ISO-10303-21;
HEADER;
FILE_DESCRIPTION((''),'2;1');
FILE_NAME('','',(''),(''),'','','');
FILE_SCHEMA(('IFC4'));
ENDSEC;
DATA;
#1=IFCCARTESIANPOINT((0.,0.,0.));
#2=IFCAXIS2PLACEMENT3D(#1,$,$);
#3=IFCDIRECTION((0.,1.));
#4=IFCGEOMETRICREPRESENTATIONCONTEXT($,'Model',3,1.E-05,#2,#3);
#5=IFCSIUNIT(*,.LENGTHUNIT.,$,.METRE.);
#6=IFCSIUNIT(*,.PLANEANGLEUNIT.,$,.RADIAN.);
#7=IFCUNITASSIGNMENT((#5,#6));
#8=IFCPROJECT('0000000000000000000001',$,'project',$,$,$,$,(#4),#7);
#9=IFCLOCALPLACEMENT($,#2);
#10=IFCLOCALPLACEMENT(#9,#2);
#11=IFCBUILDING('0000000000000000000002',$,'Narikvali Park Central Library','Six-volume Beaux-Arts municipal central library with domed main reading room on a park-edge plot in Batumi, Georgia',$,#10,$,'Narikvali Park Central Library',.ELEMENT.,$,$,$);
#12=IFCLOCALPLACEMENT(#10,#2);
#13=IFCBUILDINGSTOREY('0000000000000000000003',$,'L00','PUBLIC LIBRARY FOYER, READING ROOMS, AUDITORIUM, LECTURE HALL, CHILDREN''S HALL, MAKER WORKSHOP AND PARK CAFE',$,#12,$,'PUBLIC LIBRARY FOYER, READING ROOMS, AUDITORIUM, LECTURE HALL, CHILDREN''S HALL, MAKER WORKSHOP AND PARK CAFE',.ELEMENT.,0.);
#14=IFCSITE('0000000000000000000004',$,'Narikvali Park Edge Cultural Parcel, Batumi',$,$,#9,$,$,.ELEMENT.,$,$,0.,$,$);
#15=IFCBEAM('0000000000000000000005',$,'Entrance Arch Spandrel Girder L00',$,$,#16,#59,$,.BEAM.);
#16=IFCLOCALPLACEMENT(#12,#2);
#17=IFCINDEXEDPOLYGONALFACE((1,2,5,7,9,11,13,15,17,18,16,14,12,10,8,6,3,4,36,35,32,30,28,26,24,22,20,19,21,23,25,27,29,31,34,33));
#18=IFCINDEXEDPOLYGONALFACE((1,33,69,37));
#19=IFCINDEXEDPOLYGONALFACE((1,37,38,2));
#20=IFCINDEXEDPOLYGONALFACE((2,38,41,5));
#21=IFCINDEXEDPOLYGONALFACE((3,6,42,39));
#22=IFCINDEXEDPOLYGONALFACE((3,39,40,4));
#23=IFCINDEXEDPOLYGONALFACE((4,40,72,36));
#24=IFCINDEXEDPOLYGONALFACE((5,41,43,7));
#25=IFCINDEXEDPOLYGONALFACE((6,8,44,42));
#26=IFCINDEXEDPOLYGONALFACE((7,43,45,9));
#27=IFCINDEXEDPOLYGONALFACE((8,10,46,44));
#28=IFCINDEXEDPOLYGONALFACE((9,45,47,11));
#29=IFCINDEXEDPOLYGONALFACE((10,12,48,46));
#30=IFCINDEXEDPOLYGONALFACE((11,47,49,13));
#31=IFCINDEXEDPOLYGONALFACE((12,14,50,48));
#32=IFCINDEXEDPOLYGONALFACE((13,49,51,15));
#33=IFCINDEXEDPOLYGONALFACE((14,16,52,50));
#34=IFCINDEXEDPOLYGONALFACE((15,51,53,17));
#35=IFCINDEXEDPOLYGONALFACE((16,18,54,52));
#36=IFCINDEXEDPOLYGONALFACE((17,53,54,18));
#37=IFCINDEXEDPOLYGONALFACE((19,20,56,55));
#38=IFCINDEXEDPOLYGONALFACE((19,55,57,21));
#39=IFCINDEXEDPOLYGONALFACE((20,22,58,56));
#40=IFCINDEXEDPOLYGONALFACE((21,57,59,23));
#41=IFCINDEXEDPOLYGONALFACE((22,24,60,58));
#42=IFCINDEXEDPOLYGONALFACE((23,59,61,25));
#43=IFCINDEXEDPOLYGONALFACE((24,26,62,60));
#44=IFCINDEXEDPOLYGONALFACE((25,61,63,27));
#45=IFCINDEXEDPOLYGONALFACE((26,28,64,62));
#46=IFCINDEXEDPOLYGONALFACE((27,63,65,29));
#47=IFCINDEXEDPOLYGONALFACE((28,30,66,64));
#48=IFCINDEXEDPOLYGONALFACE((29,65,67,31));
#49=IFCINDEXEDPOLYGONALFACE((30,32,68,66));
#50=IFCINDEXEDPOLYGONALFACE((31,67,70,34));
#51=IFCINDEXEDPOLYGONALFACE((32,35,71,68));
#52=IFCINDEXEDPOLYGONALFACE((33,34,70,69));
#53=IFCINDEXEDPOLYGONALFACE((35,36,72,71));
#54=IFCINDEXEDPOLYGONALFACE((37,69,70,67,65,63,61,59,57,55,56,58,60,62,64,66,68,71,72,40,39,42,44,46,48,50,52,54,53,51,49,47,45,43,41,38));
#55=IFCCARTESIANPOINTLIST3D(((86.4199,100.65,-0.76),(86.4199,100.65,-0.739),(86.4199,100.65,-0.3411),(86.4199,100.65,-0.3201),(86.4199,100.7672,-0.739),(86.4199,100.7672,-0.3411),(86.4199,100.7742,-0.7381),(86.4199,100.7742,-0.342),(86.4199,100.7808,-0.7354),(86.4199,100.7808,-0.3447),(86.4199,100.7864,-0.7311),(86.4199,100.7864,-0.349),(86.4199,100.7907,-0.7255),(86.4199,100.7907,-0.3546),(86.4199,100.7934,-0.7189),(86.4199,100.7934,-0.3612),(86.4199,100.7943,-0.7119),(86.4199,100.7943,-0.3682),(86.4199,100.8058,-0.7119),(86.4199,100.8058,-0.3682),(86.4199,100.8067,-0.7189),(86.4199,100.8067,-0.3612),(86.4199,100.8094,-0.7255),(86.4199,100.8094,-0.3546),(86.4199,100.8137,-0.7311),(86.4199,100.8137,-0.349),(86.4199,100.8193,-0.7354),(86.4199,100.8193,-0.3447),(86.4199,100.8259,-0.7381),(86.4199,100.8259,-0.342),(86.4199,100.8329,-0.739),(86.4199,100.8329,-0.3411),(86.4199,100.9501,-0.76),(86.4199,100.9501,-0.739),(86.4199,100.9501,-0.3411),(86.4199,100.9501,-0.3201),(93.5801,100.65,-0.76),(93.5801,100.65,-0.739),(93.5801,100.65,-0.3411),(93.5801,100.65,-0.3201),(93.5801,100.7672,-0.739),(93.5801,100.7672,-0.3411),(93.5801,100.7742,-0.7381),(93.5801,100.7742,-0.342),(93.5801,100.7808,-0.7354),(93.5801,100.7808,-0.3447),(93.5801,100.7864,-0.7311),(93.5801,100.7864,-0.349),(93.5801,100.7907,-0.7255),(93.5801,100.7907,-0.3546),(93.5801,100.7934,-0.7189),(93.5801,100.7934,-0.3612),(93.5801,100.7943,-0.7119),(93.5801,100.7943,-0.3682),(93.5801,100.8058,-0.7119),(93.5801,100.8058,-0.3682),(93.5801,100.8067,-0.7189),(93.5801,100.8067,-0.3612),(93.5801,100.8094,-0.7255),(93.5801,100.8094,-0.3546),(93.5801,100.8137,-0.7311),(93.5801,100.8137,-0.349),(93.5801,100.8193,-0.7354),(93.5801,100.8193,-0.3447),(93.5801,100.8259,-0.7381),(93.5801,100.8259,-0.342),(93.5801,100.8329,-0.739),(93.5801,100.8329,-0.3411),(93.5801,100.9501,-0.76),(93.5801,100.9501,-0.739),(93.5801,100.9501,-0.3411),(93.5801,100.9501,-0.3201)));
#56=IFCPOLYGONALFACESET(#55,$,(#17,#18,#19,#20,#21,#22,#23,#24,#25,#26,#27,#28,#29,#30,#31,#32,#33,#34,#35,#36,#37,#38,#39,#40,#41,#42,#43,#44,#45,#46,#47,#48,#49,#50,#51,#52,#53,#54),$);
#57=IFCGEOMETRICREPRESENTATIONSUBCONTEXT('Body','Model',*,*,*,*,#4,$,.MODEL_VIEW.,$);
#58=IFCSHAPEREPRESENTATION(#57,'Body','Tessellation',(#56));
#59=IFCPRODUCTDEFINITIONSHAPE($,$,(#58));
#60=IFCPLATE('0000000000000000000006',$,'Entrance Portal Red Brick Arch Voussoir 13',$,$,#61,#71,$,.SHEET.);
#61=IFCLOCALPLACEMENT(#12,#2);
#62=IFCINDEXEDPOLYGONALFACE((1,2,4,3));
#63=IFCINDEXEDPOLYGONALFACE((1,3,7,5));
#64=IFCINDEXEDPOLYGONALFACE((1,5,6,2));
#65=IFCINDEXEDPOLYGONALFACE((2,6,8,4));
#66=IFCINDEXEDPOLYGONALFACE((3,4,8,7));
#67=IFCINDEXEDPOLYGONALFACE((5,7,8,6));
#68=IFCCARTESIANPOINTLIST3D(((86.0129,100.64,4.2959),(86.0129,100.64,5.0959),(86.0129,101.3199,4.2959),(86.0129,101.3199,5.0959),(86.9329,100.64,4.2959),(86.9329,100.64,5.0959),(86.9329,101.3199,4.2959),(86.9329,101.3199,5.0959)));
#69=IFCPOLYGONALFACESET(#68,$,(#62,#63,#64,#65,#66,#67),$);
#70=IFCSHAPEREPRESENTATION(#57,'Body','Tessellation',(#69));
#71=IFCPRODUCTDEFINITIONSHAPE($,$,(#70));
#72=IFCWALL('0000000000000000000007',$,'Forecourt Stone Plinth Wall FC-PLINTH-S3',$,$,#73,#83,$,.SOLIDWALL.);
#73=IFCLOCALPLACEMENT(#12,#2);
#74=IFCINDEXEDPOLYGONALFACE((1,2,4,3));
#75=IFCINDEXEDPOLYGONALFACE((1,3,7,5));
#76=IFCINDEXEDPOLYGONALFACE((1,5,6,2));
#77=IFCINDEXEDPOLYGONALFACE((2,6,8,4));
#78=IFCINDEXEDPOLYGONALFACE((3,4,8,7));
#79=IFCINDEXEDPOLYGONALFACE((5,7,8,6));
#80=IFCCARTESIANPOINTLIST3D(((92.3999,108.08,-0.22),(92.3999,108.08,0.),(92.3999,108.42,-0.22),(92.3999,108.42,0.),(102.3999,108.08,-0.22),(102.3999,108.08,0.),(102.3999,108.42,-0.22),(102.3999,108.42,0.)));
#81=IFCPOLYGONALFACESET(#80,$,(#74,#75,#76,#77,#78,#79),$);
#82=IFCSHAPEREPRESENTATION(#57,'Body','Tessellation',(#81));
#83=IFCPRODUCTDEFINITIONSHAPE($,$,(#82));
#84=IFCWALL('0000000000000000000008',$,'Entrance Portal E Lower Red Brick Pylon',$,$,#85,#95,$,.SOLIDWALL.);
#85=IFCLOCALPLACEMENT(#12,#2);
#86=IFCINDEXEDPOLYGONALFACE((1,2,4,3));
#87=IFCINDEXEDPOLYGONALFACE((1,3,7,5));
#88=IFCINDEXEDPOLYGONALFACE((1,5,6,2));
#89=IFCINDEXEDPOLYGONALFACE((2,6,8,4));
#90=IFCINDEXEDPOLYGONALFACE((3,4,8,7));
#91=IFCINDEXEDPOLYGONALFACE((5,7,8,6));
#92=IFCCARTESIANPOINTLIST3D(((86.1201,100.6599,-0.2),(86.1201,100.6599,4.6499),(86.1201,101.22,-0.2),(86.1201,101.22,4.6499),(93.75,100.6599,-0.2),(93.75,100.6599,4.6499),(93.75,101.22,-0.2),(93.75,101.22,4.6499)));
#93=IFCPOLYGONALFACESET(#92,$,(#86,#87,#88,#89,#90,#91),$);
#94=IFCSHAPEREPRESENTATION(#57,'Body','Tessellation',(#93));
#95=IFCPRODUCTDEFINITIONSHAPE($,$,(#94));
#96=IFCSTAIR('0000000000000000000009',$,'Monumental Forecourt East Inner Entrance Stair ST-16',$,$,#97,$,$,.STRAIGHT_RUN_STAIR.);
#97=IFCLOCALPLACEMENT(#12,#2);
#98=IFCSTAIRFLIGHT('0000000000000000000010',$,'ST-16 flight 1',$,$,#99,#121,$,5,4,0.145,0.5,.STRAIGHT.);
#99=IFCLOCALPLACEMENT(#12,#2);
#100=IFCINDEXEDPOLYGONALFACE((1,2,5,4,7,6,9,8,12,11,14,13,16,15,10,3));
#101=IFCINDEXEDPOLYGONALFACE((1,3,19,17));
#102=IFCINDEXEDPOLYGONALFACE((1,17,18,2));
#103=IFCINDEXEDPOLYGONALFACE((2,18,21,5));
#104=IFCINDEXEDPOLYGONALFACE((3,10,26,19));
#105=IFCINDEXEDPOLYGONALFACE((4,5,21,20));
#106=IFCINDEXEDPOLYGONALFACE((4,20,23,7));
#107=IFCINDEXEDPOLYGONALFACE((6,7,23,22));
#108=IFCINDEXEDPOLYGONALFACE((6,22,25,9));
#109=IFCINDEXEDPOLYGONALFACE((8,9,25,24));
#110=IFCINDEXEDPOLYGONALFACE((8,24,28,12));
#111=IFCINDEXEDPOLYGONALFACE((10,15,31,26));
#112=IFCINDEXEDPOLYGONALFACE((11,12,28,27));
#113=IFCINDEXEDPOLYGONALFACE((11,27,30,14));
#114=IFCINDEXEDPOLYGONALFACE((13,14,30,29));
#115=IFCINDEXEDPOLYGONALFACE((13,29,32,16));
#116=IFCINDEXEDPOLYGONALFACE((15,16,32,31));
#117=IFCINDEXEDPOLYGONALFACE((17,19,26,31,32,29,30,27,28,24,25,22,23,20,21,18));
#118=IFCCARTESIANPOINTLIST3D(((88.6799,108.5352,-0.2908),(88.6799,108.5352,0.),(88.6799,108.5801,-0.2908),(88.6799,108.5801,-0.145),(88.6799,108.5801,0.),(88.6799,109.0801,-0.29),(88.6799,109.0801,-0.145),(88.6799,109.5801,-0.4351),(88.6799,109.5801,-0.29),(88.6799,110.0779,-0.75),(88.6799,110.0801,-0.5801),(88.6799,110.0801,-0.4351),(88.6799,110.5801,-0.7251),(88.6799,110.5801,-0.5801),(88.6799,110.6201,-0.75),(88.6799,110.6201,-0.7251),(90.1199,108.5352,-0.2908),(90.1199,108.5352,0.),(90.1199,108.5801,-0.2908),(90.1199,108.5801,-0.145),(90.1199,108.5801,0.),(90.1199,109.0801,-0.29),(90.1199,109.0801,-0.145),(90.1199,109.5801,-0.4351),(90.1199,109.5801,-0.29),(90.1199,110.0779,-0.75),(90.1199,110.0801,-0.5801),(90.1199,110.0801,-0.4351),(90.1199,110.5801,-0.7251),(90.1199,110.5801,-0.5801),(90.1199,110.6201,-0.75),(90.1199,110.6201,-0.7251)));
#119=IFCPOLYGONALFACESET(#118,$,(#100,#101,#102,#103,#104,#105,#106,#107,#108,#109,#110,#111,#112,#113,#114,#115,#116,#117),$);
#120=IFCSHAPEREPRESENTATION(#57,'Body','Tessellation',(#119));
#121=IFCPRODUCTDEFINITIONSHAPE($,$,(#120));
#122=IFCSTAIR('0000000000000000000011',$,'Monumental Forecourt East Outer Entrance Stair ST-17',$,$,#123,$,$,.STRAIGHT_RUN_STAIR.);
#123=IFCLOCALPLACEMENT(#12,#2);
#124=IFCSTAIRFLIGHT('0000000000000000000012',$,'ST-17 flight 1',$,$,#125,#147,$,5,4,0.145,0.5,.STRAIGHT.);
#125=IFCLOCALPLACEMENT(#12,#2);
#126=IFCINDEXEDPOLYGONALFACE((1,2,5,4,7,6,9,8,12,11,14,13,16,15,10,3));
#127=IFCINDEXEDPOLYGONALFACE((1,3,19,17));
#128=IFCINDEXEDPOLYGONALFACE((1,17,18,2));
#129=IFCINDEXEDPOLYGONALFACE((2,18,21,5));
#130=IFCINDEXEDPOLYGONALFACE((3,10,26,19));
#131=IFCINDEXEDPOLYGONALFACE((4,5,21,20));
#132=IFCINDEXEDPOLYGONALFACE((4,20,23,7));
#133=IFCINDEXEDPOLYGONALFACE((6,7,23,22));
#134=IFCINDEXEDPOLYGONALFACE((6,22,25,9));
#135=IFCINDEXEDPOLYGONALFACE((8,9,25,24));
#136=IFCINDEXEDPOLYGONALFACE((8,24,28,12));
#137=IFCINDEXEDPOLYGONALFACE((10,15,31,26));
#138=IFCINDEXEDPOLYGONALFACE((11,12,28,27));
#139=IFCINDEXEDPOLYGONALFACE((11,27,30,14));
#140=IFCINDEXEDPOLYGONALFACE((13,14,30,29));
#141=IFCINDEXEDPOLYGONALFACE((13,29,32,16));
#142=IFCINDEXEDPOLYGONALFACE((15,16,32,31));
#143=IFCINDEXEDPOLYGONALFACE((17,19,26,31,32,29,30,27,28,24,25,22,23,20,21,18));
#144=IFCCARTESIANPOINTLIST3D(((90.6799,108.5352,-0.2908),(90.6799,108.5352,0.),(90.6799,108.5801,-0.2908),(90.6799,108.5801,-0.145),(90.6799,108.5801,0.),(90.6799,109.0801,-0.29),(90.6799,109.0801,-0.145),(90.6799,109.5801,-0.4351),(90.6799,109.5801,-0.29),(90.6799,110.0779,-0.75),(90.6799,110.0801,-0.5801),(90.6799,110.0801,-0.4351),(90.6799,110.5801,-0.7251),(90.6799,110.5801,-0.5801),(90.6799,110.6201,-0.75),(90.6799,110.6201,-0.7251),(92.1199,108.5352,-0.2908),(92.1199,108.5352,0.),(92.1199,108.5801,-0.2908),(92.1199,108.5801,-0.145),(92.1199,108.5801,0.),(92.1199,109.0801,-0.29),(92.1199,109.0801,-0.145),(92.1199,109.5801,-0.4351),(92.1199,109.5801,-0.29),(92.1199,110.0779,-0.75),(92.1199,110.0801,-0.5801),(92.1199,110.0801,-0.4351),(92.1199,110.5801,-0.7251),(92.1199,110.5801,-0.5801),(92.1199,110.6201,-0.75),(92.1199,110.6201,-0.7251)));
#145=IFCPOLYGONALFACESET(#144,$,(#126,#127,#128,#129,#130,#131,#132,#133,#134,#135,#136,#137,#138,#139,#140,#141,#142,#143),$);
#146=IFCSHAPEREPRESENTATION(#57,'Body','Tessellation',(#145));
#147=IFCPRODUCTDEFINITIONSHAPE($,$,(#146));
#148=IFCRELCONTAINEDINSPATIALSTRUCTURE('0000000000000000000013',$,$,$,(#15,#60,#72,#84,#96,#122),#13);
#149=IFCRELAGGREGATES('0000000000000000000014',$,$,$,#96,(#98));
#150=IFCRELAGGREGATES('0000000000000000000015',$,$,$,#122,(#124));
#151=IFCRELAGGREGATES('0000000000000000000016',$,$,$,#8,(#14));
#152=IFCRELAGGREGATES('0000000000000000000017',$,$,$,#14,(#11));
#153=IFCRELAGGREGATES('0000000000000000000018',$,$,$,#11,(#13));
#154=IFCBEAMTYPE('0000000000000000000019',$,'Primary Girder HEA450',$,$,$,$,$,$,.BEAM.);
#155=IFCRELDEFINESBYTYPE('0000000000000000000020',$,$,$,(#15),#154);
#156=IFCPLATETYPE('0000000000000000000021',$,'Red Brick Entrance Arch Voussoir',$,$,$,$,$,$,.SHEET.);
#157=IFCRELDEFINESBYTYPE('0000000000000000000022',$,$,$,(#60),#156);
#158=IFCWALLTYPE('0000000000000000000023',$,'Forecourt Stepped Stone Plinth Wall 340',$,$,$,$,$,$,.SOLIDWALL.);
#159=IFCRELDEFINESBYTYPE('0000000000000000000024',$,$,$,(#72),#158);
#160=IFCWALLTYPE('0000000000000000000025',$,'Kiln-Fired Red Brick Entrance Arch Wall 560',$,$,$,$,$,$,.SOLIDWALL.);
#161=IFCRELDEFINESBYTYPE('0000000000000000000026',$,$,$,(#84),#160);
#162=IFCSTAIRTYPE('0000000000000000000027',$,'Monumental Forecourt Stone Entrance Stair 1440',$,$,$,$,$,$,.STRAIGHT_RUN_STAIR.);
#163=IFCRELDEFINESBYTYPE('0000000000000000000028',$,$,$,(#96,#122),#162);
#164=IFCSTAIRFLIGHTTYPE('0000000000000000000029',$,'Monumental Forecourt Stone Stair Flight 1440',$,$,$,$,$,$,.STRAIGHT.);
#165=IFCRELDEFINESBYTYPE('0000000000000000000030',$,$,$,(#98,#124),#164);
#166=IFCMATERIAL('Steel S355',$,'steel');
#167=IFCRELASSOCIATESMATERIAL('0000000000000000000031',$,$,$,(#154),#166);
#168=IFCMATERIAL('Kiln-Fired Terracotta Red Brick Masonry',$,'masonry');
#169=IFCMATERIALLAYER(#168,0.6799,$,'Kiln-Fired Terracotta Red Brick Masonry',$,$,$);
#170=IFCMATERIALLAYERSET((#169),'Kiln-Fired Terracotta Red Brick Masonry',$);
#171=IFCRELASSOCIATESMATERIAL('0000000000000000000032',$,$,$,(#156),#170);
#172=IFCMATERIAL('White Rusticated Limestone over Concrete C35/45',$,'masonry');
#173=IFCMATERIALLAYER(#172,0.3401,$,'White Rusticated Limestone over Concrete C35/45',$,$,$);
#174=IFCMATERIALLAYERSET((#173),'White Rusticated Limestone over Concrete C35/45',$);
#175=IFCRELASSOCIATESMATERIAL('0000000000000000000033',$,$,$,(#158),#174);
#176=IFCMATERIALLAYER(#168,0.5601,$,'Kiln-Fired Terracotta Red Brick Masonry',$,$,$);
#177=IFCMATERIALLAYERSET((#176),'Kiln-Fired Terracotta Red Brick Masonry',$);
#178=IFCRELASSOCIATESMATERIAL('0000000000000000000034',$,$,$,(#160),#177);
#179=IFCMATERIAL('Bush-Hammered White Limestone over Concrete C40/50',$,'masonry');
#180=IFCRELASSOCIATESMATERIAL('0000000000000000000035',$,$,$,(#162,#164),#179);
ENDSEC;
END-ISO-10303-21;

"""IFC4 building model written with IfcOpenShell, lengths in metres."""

from ifc_helpers import new_model, si_unit, direction, frame, frame_2d, origin, origin_2d, place, context, subcontext, project, spatial, polyline, rectangle, i_section, outline, extrude, material, layer, layer_set, material_profile, profile_set, type_object, element, aggregate, save


model = new_model("IFC4")

# Units and contexts
model_context = context("Model", 3, precision=1e-05, world=origin(), true_north=direction((0.0, 1.0)))
body_context = subcontext(model_context, "Body", "Model", "MODEL_VIEW")
ifc_project = project(units=[si_unit("LENGTHUNIT", "METRE"), si_unit("PLANEANGLEUNIT", "RADIAN")], contexts=[model_context])

# Site, building, storey
site_placement = place(None, origin())
site = spatial("IfcSite", under=ifc_project, at=site_placement, Name="Narikvali Park Edge Cultural Parcel, Batumi", CompositionType="ELEMENT", RefElevation=0.0)
building_placement = place(site_placement, origin())
building = spatial("IfcBuilding", under=site, at=building_placement, Name="Narikvali Park Central Library", Description="Six-volume Beaux-Arts municipal central library with domed main reading room on a park-edge plot in Batumi, Georgia", LongName="Narikvali Park Central Library", CompositionType="ELEMENT")
storey_placement = place(building_placement, origin())
storey = spatial("IfcBuildingStorey", under=building, at=storey_placement, Name="L00", Description="PUBLIC LIBRARY FOYER, READING ROOMS, AUDITORIUM, LECTURE HALL, CHILDREN'S HALL, MAKER WORKSHOP AND PARK CAFE", LongName="PUBLIC LIBRARY FOYER, READING ROOMS, AUDITORIUM, LECTURE HALL, CHILDREN'S HALL, MAKER WORKSHOP AND PARK CAFE", CompositionType="ELEMENT", Elevation=0.0)

# Beam
ifc_material_1 = material(Name="Steel S355", Category="steel")
ifc_material_profile_1 = material_profile(ifc_material_1, i_section(OverallWidth=0.3, OverallDepth=0.4399, WebThickness=0.0115, FlangeThickness=0.021, FilletRadius=0.0271, at=origin_2d()), Name="HEA 450")
ifc_profile_set_1 = profile_set([ifc_material_profile_1], Name="Steel S355")
beam_type = type_object("IfcBeamType", Name="Primary Girder HEA450", PredefinedType="BEAM", material=ifc_profile_set_1)
beam_1_placement = place(storey_placement, frame((86.4199, 100.8, -0.54), z_axis=(1.0, 0.0, 0.0), x_axis=(0.0, 1.0, 0.0)))
element("IfcBeam", 1, at=beam_1_placement, inside=storey, type_object=beam_type, Name="Entrance Arch Spandrel Girder L00", PredefinedType="BEAM", context=body_context, shape_type="SweptSolid", body=[
    extrude(i_section(OverallWidth=0.3, OverallDepth=0.4399, WebThickness=0.0115, FlangeThickness=0.021, FilletRadius=0.0271, at=origin_2d()), origin(), (0.0, 0.0, 1.0), 7.1602),
])

# Plate
ifc_material_2 = material(Name="Kiln-Fired Terracotta Red Brick Masonry", Category="masonry")
ifc_layer_1 = layer(ifc_material_2, 0.6799, Name="Kiln-Fired Terracotta Red Brick Masonry")
ifc_layer_set_1 = layer_set([ifc_layer_1], Name="Kiln-Fired Terracotta Red Brick Masonry")
plate_type = type_object("IfcPlateType", Name="Red Brick Entrance Arch Voussoir", PredefinedType="SHEET", material=ifc_layer_set_1)
plate_placement = place(storey_placement, frame((86.4729, 100.98, 4.2959), z_axis=(0.0, 0.0, 1.0), x_axis=(1.0, 0.0, 0.0)))
element("IfcPlate", 2, at=plate_placement, inside=storey, type_object=plate_type, Name="Entrance Portal Red Brick Arch Voussoir 13", PredefinedType="SHEET", context=body_context, shape_type="SweptSolid", body=[
    extrude(rectangle(XDim=0.9199, YDim=0.6799, at=origin_2d()), origin(), (0.0, 0.0, 1.0), 0.8),
])

# Walls
ifc_material_3 = material(Name="White Rusticated Limestone over Concrete C35/45", Category="masonry")
ifc_layer_2 = layer(ifc_material_3, 0.3401, Name="White Rusticated Limestone over Concrete C35/45")
ifc_layer_set_2 = layer_set([ifc_layer_2], Name="White Rusticated Limestone over Concrete C35/45")
wall_type_1 = type_object("IfcWallType", Name="Forecourt Stepped Stone Plinth Wall 340", PredefinedType="SOLIDWALL", material=ifc_layer_set_2)
wall_1_placement = place(storey_placement, frame((92.3999, 108.25, -0.22), z_axis=(0.0, 0.0, 1.0), x_axis=(1.0, 0.0, 0.0)))
element("IfcWall", 3, at=wall_1_placement, inside=storey, type_object=wall_type_1, Name="Forecourt Stone Plinth Wall FC-PLINTH-S3", PredefinedType="SOLIDWALL", context=body_context, shape_type="SweptSolid", body=[
    extrude(rectangle(XDim=10.0, YDim=0.3401, at=frame_2d((5.0, 0.0))), origin(), (0.0, 0.0, 1.0), 0.22),
])
ifc_layer_3 = layer(ifc_material_2, 0.5601, Name="Kiln-Fired Terracotta Red Brick Masonry")
ifc_layer_set_3 = layer_set([ifc_layer_3], Name="Kiln-Fired Terracotta Red Brick Masonry")
wall_type_2 = type_object("IfcWallType", Name="Kiln-Fired Red Brick Entrance Arch Wall 560", PredefinedType="SOLIDWALL", material=ifc_layer_set_3)
wall_2_placement = place(storey_placement, frame((86.1201, 100.9399, -0.2), z_axis=(0.0, 0.0, 1.0), x_axis=(1.0, 0.0, 0.0)))
element("IfcWall", 4, at=wall_2_placement, inside=storey, type_object=wall_type_2, Name="Entrance Portal E Lower Red Brick Pylon", PredefinedType="SOLIDWALL", context=body_context, shape_type="SweptSolid", body=[
    extrude(rectangle(XDim=7.6299, YDim=0.5601, at=frame_2d((3.8149, 0.0))), origin(), (0.0, 0.0, 1.0), 4.8499),
])

# Stairs, stair flights
ifc_material_4 = material(Name="Bush-Hammered White Limestone over Concrete C40/50", Category="masonry")
stair_type = type_object("IfcStairType", Name="Monumental Forecourt Stone Entrance Stair 1440", PredefinedType="STRAIGHT_RUN_STAIR", material=ifc_material_4)
stair_1_placement = place(storey_placement, origin())
stair_1 = element("IfcStair", 5, at=stair_1_placement, inside=storey, type_object=stair_type, Name="Monumental Forecourt East Inner Entrance Stair ST-16", PredefinedType="STRAIGHT_RUN_STAIR")
stair_flight_type = type_object("IfcStairFlightType", Name="Monumental Forecourt Stone Stair Flight 1440", PredefinedType="STRAIGHT", material=ifc_material_4)
stair_flight_1_placement = place(storey_placement, frame((89.3999, 110.5801, -0.7251), z_axis=(0.0, 0.0, 1.0), x_axis=(0.0, -1.0, 0.0)))
stair_flight_1 = element("IfcStairFlight", 6, at=stair_flight_1_placement, type_object=stair_flight_type, Name="ST-16 flight 1", NumberOfRisers=5, NumberOfTreads=4, PredefinedType="STRAIGHT", RiserHeight=0.145, TreadLength=0.5, context=body_context, shape_type="SweptSolid", body=[
    extrude(outline(polyline([(-0.04, -0.0249), (-0.04, 0.0), (0.0, 0.0), (0.0, 0.145), (0.5, 0.145), (0.5, 0.29), (1.0, 0.29), (1.0, 0.4351), (1.5, 0.4351), (1.5, 0.5801), (2.0, 0.5801), (2.0, 0.7251), (2.0449, 0.7251), (2.0449, 0.4343), (2.0, 0.4343), (0.5022, -0.0249), (-0.04, -0.0249)])), frame((0.0, 0.72, 0.0), z_axis=(0.0, -1.0, 0.0), x_axis=(1.0, 0.0, 0.0)), (0.0, 0.0, 1.0), 1.4399),
])
aggregate(stair_1, [stair_flight_1])
stair_2_placement = place(storey_placement, origin())
stair_2 = element("IfcStair", 7, at=stair_2_placement, inside=storey, type_object=stair_type, Name="Monumental Forecourt East Outer Entrance Stair ST-17", PredefinedType="STRAIGHT_RUN_STAIR")
stair_flight_2_placement = place(storey_placement, frame((91.3999, 110.5801, -0.7251), z_axis=(0.0, 0.0, 1.0), x_axis=(0.0, -1.0, 0.0)))
stair_flight_2 = element("IfcStairFlight", 8, at=stair_flight_2_placement, type_object=stair_flight_type, Name="ST-17 flight 1", NumberOfRisers=5, NumberOfTreads=4, PredefinedType="STRAIGHT", RiserHeight=0.145, TreadLength=0.5, context=body_context, shape_type="SweptSolid", body=[
    extrude(outline(polyline([(-0.04, -0.0249), (-0.04, 0.0), (0.0, 0.0), (0.0, 0.145), (0.5, 0.145), (0.5, 0.29), (1.0, 0.29), (1.0, 0.4351), (1.5, 0.4351), (1.5, 0.5801), (2.0, 0.5801), (2.0, 0.7251), (2.0449, 0.7251), (2.0449, 0.4343), (2.0, 0.4343), (0.5022, -0.0249), (-0.04, -0.0249)])), frame((0.0, 0.72, 0.0), z_axis=(0.0, -1.0, 0.0), x_axis=(1.0, 0.0, 0.0)), (0.0, 0.0, 1.0), 1.4399),
])
aggregate(stair_2, [stair_flight_2])

save(model, "model.ifc")
